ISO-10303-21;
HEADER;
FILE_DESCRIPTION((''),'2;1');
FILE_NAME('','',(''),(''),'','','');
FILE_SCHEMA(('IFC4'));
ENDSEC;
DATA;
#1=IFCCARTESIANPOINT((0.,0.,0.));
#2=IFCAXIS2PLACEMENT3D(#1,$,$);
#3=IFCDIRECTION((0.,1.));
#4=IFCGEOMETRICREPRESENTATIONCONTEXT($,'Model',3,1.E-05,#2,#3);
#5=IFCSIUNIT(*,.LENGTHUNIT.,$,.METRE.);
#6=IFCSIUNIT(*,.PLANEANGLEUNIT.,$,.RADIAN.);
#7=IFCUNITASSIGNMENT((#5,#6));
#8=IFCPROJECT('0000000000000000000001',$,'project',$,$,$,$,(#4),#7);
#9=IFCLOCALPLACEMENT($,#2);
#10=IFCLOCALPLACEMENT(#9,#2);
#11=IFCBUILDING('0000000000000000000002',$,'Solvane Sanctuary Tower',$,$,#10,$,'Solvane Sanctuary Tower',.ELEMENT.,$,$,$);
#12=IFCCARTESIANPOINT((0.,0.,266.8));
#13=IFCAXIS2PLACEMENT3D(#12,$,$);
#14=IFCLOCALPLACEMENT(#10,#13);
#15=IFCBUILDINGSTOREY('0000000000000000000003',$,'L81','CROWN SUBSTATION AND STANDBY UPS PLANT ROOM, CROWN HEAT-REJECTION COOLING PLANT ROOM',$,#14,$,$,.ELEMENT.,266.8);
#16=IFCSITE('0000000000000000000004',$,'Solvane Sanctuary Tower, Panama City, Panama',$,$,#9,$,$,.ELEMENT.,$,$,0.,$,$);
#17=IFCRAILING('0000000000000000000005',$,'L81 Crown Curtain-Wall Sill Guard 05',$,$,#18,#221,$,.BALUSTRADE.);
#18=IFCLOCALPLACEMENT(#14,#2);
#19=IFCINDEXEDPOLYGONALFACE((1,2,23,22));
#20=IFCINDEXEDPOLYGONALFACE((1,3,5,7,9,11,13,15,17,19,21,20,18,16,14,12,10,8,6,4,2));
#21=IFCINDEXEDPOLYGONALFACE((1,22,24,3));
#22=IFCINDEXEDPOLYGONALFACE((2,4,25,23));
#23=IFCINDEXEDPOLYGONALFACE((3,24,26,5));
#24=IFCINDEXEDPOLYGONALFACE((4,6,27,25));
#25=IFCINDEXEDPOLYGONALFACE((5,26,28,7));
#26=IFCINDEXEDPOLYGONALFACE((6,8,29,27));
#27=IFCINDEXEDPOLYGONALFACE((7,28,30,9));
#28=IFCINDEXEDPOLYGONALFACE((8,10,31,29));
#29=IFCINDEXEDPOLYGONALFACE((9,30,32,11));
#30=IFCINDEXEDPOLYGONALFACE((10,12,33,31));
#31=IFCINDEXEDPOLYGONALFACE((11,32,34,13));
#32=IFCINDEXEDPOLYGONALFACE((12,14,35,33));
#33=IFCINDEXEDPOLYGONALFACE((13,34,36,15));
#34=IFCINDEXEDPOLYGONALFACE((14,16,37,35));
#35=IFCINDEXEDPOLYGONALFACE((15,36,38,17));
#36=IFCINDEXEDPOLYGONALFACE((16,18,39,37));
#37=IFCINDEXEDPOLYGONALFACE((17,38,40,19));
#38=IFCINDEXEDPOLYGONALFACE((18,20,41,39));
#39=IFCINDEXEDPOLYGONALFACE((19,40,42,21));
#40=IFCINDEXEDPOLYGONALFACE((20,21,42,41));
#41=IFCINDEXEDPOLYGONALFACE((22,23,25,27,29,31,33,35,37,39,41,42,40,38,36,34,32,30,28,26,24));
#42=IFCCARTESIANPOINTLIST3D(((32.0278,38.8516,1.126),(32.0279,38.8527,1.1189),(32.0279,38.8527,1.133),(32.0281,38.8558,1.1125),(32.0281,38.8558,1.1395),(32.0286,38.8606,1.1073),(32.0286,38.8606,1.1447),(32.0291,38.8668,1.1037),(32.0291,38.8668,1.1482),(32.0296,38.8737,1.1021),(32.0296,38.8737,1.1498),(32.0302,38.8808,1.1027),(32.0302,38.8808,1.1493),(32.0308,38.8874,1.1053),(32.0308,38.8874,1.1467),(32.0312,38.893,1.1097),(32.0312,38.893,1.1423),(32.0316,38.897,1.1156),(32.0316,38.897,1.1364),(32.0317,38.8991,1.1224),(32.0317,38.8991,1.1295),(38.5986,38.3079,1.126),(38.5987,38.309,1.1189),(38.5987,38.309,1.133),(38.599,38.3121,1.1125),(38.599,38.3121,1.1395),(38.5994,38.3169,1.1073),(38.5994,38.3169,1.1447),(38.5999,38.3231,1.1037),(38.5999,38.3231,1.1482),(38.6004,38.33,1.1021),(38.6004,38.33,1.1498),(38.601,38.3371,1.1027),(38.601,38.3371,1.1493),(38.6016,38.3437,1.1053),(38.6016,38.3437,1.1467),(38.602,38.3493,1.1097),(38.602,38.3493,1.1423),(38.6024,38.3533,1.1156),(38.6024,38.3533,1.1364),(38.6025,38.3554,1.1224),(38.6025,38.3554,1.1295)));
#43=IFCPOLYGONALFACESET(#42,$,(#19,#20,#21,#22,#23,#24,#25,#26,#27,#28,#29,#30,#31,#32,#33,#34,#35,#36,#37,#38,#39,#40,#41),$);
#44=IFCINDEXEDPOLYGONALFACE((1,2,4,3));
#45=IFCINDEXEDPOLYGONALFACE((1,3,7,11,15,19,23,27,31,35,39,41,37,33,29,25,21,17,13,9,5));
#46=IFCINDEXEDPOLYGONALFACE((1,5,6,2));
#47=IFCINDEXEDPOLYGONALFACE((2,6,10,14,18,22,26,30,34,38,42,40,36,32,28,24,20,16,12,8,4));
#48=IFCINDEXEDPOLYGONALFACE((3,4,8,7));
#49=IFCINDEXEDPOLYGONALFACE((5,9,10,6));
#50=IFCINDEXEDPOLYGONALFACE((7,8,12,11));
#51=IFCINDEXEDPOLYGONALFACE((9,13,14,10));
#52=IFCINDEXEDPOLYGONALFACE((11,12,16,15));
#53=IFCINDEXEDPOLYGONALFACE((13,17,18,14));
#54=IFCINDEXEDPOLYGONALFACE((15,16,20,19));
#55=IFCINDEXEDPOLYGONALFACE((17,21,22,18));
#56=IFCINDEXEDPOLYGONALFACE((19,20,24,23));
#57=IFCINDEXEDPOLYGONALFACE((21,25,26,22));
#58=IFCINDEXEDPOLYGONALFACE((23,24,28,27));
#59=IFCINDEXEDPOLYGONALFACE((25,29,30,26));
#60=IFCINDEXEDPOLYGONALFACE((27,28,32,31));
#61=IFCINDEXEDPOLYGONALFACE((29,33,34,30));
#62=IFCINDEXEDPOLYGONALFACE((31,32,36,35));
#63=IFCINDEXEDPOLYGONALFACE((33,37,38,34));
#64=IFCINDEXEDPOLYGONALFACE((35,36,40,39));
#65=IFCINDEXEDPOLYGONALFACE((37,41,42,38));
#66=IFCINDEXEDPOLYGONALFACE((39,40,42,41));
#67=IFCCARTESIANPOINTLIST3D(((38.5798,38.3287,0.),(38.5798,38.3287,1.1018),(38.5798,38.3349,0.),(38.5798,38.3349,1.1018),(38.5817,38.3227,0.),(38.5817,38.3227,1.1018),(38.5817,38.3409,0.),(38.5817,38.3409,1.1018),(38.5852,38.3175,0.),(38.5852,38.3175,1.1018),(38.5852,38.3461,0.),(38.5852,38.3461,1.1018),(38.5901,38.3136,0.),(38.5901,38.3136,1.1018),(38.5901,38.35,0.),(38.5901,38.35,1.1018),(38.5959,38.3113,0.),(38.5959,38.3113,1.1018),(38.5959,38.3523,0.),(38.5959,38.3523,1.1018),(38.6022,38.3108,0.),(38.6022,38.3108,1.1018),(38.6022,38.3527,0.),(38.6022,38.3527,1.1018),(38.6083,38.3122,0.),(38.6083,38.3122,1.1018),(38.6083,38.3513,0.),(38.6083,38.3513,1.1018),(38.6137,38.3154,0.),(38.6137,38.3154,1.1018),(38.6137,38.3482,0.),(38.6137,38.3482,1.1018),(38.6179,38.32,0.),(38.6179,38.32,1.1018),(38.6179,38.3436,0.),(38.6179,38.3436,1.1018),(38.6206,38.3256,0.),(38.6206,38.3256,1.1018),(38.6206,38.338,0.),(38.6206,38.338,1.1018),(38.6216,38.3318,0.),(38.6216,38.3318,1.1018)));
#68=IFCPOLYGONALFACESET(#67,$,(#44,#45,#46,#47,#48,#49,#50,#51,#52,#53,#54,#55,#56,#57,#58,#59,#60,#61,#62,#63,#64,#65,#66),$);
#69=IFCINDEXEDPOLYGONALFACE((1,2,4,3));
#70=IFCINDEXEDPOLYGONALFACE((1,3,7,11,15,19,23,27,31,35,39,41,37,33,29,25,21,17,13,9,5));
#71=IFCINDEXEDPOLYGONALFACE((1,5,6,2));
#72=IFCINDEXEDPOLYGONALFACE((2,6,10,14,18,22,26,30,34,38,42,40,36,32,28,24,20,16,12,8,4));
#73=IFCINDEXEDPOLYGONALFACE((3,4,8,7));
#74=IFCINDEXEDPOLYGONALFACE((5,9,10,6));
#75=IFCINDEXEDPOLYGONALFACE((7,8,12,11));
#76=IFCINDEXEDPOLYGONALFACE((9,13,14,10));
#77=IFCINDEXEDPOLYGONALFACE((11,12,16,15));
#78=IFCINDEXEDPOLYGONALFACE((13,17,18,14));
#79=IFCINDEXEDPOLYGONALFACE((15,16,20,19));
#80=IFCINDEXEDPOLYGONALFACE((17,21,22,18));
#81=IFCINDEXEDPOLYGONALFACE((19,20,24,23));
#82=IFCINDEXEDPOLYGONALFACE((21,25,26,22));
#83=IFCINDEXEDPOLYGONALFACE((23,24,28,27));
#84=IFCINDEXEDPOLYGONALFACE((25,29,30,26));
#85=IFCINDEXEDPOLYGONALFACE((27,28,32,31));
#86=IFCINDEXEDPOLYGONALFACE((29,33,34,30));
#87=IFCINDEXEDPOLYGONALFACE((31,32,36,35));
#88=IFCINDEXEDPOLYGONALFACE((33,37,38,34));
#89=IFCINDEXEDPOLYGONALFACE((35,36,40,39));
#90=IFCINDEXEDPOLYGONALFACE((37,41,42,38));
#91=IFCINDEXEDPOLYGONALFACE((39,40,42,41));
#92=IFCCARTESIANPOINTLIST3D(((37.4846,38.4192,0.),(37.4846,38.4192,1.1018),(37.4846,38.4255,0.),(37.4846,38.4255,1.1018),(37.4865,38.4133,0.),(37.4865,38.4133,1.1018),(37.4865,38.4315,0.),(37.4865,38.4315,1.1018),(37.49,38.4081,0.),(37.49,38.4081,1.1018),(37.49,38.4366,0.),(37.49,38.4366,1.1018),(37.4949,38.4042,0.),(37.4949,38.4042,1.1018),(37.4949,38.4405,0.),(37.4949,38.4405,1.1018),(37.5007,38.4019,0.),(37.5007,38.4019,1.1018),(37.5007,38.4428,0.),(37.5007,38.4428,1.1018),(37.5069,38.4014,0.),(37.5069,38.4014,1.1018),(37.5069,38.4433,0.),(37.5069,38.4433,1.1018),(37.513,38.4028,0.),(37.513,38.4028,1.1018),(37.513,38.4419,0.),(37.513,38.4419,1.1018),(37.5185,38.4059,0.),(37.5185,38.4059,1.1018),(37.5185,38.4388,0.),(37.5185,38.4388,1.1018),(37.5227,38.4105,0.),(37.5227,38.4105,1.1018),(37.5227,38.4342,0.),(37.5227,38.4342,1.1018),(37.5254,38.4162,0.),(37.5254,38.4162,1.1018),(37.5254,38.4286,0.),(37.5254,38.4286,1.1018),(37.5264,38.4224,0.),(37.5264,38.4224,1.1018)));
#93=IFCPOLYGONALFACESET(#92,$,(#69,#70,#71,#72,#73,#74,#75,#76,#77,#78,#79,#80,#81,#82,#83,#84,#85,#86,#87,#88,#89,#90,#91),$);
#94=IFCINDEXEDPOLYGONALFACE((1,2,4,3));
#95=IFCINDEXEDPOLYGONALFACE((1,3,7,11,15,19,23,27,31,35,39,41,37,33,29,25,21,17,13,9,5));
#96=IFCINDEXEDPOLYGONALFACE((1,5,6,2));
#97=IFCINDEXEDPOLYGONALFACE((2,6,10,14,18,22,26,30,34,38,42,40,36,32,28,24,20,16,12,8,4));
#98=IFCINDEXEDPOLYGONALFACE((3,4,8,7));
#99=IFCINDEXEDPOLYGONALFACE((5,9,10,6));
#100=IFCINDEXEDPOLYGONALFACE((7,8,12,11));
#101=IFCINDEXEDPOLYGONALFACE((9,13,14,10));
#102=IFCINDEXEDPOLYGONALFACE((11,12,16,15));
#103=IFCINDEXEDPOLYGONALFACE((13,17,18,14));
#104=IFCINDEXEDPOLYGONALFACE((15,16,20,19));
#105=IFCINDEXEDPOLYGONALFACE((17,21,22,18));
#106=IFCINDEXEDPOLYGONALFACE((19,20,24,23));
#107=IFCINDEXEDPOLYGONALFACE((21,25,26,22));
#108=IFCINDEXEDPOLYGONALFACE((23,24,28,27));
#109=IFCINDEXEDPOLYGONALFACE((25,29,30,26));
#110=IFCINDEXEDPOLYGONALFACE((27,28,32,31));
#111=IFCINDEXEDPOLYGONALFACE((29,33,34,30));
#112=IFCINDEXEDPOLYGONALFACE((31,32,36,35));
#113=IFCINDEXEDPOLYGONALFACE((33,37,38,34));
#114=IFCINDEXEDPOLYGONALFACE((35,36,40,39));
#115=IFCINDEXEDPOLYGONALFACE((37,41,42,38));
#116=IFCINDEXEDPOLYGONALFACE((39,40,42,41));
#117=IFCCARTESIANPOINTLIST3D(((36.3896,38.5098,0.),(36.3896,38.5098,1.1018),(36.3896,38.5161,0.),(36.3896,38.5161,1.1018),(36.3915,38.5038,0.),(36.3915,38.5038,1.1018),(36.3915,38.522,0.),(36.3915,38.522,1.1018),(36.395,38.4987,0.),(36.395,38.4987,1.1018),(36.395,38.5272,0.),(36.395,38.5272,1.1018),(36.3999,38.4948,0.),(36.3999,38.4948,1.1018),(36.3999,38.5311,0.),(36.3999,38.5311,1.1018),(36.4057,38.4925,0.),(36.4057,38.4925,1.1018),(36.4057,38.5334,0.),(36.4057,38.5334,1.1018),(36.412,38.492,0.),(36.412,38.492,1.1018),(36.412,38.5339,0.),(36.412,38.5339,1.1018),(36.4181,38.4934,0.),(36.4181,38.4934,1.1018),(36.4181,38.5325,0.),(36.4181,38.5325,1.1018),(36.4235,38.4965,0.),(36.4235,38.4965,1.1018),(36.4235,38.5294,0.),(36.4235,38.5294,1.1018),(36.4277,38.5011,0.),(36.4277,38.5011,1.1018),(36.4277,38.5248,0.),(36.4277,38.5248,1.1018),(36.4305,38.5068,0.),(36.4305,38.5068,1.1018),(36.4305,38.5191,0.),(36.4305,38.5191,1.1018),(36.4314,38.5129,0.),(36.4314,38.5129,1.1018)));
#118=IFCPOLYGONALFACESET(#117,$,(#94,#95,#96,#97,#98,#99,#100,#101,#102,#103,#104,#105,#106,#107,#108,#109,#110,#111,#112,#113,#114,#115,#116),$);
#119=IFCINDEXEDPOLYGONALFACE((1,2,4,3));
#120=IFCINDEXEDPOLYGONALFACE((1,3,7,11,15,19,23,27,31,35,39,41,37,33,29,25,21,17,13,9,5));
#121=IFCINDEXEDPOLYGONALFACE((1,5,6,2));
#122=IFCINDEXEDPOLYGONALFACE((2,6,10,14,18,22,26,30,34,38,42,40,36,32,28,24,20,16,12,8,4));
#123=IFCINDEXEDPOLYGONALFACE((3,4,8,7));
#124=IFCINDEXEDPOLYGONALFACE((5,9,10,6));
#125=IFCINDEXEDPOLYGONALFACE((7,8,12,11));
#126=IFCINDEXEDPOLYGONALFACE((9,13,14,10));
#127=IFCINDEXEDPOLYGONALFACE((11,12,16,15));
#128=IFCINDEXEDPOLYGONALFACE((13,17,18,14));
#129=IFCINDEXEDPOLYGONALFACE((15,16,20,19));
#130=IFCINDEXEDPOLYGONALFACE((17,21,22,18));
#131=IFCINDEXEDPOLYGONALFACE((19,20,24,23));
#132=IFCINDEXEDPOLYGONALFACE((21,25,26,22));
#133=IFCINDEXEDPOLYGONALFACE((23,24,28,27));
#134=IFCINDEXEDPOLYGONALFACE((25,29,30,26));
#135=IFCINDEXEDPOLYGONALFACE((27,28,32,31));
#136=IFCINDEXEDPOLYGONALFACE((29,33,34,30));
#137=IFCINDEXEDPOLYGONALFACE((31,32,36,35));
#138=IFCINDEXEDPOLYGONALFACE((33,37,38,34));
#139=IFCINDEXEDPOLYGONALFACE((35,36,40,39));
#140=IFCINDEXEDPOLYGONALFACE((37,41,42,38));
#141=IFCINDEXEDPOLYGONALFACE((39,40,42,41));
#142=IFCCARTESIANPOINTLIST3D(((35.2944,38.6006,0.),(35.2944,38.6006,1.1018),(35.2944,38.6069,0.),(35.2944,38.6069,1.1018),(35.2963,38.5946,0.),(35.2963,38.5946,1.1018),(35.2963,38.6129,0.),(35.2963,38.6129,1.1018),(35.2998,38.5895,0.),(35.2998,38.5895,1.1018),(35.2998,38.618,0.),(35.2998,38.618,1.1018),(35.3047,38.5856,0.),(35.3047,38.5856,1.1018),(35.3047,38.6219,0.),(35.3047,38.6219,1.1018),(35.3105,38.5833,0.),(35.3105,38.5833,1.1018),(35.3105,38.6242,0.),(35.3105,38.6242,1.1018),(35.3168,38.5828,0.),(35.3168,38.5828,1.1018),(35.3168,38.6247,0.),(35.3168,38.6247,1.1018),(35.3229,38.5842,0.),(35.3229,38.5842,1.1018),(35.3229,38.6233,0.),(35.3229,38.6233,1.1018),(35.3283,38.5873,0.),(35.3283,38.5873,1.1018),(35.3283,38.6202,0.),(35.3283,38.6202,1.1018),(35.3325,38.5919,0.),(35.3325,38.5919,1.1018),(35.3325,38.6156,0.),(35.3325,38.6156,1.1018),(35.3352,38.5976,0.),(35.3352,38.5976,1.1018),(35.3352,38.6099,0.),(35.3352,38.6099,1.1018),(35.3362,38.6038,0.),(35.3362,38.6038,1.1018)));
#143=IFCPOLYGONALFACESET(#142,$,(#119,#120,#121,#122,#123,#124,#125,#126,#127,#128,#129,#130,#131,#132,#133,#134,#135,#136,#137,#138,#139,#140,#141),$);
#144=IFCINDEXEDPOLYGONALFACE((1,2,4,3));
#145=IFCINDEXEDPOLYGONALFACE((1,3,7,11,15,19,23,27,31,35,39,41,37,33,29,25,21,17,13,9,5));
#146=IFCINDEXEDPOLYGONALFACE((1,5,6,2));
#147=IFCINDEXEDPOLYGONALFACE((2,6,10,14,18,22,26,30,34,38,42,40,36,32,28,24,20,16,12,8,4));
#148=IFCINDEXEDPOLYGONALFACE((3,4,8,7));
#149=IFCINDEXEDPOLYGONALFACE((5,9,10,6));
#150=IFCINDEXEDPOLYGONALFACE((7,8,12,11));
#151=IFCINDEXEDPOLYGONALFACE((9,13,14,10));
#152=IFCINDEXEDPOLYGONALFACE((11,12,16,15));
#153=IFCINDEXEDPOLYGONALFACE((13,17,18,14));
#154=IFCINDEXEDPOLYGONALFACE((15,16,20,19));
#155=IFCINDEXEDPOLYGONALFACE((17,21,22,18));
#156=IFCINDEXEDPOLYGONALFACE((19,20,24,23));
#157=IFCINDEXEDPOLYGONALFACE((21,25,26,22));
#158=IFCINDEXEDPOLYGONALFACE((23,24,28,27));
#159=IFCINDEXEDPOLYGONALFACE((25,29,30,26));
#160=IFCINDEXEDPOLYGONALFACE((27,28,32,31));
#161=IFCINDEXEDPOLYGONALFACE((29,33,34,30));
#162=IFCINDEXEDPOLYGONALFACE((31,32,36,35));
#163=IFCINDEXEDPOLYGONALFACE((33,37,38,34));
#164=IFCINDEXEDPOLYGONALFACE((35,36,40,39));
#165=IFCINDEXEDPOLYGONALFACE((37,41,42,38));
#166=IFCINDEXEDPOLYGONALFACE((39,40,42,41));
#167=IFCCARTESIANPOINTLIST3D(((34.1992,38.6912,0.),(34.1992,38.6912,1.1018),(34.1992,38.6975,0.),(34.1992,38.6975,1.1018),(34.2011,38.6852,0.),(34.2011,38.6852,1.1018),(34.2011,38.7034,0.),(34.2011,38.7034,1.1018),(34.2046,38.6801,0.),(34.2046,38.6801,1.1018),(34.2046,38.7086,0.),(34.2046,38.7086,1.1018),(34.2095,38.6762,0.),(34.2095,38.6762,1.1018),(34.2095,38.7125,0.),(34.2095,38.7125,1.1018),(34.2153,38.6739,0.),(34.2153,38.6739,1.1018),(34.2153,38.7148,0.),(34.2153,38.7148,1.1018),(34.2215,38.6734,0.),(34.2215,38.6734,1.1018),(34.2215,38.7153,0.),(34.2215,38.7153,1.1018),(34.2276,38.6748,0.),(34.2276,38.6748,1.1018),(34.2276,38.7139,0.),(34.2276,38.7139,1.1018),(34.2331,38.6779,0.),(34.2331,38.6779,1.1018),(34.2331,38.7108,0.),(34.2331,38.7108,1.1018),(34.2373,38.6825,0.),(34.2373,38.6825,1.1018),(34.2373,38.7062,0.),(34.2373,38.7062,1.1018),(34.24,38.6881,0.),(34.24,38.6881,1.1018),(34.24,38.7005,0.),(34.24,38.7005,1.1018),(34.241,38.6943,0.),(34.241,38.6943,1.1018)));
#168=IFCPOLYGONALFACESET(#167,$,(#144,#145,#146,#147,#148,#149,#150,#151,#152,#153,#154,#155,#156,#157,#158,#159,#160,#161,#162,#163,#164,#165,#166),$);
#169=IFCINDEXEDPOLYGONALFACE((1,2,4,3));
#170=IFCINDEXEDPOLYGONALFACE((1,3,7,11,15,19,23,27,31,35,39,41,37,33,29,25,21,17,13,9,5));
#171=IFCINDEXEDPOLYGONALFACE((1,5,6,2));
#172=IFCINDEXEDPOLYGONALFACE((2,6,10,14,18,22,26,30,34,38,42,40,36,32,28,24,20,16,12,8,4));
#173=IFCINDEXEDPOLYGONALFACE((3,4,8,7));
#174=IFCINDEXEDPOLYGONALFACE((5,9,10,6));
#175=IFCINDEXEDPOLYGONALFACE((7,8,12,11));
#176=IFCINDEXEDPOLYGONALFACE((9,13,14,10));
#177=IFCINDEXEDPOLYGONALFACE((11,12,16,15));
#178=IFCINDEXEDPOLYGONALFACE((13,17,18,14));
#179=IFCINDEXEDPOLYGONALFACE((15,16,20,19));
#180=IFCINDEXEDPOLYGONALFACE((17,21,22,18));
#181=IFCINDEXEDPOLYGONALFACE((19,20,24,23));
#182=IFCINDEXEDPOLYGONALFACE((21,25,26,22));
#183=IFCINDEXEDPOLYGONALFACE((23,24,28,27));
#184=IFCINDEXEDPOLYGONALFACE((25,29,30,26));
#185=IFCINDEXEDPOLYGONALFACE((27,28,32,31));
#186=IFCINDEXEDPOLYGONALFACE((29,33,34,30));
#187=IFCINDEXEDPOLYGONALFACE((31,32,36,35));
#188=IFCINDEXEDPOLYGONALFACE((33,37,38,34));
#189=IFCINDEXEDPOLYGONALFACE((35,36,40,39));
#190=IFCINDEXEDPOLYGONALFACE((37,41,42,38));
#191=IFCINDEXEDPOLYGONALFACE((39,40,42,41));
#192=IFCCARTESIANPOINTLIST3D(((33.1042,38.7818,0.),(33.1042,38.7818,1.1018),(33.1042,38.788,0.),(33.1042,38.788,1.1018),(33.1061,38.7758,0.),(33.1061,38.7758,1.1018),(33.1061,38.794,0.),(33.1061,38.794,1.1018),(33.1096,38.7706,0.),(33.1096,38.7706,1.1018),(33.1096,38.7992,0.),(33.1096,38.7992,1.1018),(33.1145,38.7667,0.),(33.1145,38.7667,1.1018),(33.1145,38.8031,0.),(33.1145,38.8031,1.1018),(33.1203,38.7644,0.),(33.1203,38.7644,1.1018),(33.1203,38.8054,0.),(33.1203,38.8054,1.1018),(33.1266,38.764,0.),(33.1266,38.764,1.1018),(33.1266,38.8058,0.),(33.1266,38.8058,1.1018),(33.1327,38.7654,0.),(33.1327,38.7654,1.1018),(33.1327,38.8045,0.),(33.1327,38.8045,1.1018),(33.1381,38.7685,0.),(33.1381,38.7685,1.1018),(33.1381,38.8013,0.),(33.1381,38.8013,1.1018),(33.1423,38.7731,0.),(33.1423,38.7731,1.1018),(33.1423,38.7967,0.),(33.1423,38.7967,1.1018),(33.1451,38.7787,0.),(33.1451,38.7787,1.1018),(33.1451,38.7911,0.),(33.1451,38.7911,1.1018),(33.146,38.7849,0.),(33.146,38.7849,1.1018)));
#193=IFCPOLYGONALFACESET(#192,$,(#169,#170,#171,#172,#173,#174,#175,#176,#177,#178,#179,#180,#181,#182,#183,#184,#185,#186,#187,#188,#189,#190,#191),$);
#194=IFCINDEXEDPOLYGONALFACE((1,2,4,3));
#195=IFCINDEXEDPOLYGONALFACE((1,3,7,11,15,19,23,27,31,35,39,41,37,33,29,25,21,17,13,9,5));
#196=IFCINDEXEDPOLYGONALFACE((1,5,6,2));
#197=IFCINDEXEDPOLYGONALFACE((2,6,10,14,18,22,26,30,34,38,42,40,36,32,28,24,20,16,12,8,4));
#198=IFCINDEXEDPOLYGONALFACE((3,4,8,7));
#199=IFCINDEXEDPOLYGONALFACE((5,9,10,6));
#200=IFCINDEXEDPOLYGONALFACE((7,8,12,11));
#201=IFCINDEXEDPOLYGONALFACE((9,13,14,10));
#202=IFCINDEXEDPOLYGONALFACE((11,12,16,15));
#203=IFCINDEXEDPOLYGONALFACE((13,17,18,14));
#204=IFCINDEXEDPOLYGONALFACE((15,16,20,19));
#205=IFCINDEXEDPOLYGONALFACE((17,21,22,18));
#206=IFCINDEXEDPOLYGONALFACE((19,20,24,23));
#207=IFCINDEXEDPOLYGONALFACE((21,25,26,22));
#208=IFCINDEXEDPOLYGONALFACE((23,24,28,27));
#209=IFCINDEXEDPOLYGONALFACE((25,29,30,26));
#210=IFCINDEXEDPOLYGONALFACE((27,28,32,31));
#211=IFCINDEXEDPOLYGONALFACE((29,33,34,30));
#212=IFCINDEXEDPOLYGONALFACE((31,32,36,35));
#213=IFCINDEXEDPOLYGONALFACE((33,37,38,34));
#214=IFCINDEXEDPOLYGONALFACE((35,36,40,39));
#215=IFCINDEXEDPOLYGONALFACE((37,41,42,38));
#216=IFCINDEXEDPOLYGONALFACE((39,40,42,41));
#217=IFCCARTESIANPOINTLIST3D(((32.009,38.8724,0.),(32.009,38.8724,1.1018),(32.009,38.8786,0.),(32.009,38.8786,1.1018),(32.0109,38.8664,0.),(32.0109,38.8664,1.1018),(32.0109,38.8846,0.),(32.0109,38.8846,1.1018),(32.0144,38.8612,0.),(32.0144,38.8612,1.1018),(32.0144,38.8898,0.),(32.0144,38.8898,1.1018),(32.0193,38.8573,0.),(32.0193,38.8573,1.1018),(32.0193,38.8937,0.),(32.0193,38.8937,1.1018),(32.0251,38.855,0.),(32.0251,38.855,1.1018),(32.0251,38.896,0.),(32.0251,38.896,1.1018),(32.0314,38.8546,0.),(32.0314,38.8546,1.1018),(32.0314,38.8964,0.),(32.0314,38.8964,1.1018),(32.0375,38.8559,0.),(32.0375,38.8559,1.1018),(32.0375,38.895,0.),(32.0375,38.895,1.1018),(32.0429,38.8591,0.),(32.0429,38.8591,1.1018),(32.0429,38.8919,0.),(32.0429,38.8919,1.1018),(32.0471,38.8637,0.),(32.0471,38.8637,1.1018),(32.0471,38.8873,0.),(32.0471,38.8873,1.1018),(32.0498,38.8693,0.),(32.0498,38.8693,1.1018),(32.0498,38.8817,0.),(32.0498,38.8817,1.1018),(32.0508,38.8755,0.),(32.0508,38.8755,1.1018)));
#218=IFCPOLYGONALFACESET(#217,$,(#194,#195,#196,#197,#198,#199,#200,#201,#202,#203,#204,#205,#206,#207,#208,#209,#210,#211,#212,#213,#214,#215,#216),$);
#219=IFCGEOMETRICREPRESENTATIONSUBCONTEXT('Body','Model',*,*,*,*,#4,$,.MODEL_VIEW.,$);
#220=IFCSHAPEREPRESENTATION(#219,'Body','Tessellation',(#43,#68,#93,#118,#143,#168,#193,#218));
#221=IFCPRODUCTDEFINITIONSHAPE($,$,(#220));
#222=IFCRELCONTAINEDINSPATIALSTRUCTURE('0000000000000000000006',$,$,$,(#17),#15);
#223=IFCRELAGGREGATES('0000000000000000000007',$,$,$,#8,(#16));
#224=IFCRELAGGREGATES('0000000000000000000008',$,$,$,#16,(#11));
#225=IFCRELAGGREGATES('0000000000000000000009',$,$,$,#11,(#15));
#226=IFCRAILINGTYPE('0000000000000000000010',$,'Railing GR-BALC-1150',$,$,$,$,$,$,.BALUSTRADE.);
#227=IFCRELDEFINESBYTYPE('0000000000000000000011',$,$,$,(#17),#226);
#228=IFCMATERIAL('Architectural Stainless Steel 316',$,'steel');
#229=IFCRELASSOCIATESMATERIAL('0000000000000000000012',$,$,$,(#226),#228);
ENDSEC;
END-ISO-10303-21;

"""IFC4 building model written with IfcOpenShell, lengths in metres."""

from ifc_helpers import new_model, si_unit, direction, frame, origin, origin_2d, place, context, subcontext, project, spatial, circle, extrude, material, type_object, element, save


model = new_model("IFC4")

# Units and contexts
model_context = context("Model", 3, precision=1e-05, world=origin(), true_north=direction((0.0, 1.0)))
body_context = subcontext(model_context, "Body", "Model", "MODEL_VIEW")
ifc_project = project(units=[si_unit("LENGTHUNIT", "METRE"), si_unit("PLANEANGLEUNIT", "RADIAN")], contexts=[model_context])

# Site, building, storey
site_placement = place(None, origin())
site = spatial("IfcSite", under=ifc_project, at=site_placement, Name="Solvane Sanctuary Tower, Panama City, Panama", CompositionType="ELEMENT", RefElevation=0.0)
building_placement = place(site_placement, origin())
building = spatial("IfcBuilding", under=site, at=building_placement, Name="Solvane Sanctuary Tower", LongName="Solvane Sanctuary Tower", CompositionType="ELEMENT")
storey_placement = place(building_placement, frame((0.0, 0.0, 266.8)))
storey = spatial("IfcBuildingStorey", under=building, at=storey_placement, Name="L81", Description="CROWN SUBSTATION AND STANDBY UPS PLANT ROOM, CROWN HEAT-REJECTION COOLING PLANT ROOM", CompositionType="ELEMENT", Elevation=266.8)

# Shared definitions
ifc_material_1 = material(Name="Architectural Stainless Steel 316", Category="steel")

# Railing
railing_type = type_object("IfcRailingType", Name="Railing GR-BALC-1150", PredefinedType="BALUSTRADE", material=ifc_material_1)
railing_placement = place(storey_placement, frame((38.6006, 38.3318, 0.0)))
element("IfcRailing", 1, at=railing_placement, inside=storey, type_object=railing_type, Name="L81 Crown Curtain-Wall Sill Guard 05", PredefinedType="BALUSTRADE", context=body_context, shape_type="SweptSolid", body=[
    extrude(circle(Radius=0.0239, at=origin_2d()), frame((0.0, 0.0, 1.126), z_axis=(-0.996594, 0.082463, 0.0), x_axis=(-0.082463, -0.996594, 0.0)), (0.0, 0.0, 1.0), 6.5933),
    extrude(circle(Radius=0.021, at=origin_2d()), origin(), (0.0, 0.0, 1.0), 1.1018),
    extrude(circle(Radius=0.021, at=origin_2d()), frame((-1.0952, 0.0906, 0.0)), (0.0, 0.0, 1.0), 1.1018),
    extrude(circle(Radius=0.021, at=origin_2d()), frame((-2.1902, 0.1812, 0.0)), (0.0, 0.0, 1.0), 1.1018),
    extrude(circle(Radius=0.021, at=origin_2d()), frame((-3.2854, 0.272, 0.0)), (0.0, 0.0, 1.0), 1.1018),
    extrude(circle(Radius=0.021, at=origin_2d()), frame((-4.3806, 0.3625, 0.0)), (0.0, 0.0, 1.0), 1.1018),
    extrude(circle(Radius=0.021, at=origin_2d()), frame((-5.4756, 0.4531, 0.0)), (0.0, 0.0, 1.0), 1.1018),
    extrude(circle(Radius=0.021, at=origin_2d()), frame((-6.5708, 0.5437, 0.0)), (0.0, 0.0, 1.0), 1.1018),
])

save(model, "model.ifc")
